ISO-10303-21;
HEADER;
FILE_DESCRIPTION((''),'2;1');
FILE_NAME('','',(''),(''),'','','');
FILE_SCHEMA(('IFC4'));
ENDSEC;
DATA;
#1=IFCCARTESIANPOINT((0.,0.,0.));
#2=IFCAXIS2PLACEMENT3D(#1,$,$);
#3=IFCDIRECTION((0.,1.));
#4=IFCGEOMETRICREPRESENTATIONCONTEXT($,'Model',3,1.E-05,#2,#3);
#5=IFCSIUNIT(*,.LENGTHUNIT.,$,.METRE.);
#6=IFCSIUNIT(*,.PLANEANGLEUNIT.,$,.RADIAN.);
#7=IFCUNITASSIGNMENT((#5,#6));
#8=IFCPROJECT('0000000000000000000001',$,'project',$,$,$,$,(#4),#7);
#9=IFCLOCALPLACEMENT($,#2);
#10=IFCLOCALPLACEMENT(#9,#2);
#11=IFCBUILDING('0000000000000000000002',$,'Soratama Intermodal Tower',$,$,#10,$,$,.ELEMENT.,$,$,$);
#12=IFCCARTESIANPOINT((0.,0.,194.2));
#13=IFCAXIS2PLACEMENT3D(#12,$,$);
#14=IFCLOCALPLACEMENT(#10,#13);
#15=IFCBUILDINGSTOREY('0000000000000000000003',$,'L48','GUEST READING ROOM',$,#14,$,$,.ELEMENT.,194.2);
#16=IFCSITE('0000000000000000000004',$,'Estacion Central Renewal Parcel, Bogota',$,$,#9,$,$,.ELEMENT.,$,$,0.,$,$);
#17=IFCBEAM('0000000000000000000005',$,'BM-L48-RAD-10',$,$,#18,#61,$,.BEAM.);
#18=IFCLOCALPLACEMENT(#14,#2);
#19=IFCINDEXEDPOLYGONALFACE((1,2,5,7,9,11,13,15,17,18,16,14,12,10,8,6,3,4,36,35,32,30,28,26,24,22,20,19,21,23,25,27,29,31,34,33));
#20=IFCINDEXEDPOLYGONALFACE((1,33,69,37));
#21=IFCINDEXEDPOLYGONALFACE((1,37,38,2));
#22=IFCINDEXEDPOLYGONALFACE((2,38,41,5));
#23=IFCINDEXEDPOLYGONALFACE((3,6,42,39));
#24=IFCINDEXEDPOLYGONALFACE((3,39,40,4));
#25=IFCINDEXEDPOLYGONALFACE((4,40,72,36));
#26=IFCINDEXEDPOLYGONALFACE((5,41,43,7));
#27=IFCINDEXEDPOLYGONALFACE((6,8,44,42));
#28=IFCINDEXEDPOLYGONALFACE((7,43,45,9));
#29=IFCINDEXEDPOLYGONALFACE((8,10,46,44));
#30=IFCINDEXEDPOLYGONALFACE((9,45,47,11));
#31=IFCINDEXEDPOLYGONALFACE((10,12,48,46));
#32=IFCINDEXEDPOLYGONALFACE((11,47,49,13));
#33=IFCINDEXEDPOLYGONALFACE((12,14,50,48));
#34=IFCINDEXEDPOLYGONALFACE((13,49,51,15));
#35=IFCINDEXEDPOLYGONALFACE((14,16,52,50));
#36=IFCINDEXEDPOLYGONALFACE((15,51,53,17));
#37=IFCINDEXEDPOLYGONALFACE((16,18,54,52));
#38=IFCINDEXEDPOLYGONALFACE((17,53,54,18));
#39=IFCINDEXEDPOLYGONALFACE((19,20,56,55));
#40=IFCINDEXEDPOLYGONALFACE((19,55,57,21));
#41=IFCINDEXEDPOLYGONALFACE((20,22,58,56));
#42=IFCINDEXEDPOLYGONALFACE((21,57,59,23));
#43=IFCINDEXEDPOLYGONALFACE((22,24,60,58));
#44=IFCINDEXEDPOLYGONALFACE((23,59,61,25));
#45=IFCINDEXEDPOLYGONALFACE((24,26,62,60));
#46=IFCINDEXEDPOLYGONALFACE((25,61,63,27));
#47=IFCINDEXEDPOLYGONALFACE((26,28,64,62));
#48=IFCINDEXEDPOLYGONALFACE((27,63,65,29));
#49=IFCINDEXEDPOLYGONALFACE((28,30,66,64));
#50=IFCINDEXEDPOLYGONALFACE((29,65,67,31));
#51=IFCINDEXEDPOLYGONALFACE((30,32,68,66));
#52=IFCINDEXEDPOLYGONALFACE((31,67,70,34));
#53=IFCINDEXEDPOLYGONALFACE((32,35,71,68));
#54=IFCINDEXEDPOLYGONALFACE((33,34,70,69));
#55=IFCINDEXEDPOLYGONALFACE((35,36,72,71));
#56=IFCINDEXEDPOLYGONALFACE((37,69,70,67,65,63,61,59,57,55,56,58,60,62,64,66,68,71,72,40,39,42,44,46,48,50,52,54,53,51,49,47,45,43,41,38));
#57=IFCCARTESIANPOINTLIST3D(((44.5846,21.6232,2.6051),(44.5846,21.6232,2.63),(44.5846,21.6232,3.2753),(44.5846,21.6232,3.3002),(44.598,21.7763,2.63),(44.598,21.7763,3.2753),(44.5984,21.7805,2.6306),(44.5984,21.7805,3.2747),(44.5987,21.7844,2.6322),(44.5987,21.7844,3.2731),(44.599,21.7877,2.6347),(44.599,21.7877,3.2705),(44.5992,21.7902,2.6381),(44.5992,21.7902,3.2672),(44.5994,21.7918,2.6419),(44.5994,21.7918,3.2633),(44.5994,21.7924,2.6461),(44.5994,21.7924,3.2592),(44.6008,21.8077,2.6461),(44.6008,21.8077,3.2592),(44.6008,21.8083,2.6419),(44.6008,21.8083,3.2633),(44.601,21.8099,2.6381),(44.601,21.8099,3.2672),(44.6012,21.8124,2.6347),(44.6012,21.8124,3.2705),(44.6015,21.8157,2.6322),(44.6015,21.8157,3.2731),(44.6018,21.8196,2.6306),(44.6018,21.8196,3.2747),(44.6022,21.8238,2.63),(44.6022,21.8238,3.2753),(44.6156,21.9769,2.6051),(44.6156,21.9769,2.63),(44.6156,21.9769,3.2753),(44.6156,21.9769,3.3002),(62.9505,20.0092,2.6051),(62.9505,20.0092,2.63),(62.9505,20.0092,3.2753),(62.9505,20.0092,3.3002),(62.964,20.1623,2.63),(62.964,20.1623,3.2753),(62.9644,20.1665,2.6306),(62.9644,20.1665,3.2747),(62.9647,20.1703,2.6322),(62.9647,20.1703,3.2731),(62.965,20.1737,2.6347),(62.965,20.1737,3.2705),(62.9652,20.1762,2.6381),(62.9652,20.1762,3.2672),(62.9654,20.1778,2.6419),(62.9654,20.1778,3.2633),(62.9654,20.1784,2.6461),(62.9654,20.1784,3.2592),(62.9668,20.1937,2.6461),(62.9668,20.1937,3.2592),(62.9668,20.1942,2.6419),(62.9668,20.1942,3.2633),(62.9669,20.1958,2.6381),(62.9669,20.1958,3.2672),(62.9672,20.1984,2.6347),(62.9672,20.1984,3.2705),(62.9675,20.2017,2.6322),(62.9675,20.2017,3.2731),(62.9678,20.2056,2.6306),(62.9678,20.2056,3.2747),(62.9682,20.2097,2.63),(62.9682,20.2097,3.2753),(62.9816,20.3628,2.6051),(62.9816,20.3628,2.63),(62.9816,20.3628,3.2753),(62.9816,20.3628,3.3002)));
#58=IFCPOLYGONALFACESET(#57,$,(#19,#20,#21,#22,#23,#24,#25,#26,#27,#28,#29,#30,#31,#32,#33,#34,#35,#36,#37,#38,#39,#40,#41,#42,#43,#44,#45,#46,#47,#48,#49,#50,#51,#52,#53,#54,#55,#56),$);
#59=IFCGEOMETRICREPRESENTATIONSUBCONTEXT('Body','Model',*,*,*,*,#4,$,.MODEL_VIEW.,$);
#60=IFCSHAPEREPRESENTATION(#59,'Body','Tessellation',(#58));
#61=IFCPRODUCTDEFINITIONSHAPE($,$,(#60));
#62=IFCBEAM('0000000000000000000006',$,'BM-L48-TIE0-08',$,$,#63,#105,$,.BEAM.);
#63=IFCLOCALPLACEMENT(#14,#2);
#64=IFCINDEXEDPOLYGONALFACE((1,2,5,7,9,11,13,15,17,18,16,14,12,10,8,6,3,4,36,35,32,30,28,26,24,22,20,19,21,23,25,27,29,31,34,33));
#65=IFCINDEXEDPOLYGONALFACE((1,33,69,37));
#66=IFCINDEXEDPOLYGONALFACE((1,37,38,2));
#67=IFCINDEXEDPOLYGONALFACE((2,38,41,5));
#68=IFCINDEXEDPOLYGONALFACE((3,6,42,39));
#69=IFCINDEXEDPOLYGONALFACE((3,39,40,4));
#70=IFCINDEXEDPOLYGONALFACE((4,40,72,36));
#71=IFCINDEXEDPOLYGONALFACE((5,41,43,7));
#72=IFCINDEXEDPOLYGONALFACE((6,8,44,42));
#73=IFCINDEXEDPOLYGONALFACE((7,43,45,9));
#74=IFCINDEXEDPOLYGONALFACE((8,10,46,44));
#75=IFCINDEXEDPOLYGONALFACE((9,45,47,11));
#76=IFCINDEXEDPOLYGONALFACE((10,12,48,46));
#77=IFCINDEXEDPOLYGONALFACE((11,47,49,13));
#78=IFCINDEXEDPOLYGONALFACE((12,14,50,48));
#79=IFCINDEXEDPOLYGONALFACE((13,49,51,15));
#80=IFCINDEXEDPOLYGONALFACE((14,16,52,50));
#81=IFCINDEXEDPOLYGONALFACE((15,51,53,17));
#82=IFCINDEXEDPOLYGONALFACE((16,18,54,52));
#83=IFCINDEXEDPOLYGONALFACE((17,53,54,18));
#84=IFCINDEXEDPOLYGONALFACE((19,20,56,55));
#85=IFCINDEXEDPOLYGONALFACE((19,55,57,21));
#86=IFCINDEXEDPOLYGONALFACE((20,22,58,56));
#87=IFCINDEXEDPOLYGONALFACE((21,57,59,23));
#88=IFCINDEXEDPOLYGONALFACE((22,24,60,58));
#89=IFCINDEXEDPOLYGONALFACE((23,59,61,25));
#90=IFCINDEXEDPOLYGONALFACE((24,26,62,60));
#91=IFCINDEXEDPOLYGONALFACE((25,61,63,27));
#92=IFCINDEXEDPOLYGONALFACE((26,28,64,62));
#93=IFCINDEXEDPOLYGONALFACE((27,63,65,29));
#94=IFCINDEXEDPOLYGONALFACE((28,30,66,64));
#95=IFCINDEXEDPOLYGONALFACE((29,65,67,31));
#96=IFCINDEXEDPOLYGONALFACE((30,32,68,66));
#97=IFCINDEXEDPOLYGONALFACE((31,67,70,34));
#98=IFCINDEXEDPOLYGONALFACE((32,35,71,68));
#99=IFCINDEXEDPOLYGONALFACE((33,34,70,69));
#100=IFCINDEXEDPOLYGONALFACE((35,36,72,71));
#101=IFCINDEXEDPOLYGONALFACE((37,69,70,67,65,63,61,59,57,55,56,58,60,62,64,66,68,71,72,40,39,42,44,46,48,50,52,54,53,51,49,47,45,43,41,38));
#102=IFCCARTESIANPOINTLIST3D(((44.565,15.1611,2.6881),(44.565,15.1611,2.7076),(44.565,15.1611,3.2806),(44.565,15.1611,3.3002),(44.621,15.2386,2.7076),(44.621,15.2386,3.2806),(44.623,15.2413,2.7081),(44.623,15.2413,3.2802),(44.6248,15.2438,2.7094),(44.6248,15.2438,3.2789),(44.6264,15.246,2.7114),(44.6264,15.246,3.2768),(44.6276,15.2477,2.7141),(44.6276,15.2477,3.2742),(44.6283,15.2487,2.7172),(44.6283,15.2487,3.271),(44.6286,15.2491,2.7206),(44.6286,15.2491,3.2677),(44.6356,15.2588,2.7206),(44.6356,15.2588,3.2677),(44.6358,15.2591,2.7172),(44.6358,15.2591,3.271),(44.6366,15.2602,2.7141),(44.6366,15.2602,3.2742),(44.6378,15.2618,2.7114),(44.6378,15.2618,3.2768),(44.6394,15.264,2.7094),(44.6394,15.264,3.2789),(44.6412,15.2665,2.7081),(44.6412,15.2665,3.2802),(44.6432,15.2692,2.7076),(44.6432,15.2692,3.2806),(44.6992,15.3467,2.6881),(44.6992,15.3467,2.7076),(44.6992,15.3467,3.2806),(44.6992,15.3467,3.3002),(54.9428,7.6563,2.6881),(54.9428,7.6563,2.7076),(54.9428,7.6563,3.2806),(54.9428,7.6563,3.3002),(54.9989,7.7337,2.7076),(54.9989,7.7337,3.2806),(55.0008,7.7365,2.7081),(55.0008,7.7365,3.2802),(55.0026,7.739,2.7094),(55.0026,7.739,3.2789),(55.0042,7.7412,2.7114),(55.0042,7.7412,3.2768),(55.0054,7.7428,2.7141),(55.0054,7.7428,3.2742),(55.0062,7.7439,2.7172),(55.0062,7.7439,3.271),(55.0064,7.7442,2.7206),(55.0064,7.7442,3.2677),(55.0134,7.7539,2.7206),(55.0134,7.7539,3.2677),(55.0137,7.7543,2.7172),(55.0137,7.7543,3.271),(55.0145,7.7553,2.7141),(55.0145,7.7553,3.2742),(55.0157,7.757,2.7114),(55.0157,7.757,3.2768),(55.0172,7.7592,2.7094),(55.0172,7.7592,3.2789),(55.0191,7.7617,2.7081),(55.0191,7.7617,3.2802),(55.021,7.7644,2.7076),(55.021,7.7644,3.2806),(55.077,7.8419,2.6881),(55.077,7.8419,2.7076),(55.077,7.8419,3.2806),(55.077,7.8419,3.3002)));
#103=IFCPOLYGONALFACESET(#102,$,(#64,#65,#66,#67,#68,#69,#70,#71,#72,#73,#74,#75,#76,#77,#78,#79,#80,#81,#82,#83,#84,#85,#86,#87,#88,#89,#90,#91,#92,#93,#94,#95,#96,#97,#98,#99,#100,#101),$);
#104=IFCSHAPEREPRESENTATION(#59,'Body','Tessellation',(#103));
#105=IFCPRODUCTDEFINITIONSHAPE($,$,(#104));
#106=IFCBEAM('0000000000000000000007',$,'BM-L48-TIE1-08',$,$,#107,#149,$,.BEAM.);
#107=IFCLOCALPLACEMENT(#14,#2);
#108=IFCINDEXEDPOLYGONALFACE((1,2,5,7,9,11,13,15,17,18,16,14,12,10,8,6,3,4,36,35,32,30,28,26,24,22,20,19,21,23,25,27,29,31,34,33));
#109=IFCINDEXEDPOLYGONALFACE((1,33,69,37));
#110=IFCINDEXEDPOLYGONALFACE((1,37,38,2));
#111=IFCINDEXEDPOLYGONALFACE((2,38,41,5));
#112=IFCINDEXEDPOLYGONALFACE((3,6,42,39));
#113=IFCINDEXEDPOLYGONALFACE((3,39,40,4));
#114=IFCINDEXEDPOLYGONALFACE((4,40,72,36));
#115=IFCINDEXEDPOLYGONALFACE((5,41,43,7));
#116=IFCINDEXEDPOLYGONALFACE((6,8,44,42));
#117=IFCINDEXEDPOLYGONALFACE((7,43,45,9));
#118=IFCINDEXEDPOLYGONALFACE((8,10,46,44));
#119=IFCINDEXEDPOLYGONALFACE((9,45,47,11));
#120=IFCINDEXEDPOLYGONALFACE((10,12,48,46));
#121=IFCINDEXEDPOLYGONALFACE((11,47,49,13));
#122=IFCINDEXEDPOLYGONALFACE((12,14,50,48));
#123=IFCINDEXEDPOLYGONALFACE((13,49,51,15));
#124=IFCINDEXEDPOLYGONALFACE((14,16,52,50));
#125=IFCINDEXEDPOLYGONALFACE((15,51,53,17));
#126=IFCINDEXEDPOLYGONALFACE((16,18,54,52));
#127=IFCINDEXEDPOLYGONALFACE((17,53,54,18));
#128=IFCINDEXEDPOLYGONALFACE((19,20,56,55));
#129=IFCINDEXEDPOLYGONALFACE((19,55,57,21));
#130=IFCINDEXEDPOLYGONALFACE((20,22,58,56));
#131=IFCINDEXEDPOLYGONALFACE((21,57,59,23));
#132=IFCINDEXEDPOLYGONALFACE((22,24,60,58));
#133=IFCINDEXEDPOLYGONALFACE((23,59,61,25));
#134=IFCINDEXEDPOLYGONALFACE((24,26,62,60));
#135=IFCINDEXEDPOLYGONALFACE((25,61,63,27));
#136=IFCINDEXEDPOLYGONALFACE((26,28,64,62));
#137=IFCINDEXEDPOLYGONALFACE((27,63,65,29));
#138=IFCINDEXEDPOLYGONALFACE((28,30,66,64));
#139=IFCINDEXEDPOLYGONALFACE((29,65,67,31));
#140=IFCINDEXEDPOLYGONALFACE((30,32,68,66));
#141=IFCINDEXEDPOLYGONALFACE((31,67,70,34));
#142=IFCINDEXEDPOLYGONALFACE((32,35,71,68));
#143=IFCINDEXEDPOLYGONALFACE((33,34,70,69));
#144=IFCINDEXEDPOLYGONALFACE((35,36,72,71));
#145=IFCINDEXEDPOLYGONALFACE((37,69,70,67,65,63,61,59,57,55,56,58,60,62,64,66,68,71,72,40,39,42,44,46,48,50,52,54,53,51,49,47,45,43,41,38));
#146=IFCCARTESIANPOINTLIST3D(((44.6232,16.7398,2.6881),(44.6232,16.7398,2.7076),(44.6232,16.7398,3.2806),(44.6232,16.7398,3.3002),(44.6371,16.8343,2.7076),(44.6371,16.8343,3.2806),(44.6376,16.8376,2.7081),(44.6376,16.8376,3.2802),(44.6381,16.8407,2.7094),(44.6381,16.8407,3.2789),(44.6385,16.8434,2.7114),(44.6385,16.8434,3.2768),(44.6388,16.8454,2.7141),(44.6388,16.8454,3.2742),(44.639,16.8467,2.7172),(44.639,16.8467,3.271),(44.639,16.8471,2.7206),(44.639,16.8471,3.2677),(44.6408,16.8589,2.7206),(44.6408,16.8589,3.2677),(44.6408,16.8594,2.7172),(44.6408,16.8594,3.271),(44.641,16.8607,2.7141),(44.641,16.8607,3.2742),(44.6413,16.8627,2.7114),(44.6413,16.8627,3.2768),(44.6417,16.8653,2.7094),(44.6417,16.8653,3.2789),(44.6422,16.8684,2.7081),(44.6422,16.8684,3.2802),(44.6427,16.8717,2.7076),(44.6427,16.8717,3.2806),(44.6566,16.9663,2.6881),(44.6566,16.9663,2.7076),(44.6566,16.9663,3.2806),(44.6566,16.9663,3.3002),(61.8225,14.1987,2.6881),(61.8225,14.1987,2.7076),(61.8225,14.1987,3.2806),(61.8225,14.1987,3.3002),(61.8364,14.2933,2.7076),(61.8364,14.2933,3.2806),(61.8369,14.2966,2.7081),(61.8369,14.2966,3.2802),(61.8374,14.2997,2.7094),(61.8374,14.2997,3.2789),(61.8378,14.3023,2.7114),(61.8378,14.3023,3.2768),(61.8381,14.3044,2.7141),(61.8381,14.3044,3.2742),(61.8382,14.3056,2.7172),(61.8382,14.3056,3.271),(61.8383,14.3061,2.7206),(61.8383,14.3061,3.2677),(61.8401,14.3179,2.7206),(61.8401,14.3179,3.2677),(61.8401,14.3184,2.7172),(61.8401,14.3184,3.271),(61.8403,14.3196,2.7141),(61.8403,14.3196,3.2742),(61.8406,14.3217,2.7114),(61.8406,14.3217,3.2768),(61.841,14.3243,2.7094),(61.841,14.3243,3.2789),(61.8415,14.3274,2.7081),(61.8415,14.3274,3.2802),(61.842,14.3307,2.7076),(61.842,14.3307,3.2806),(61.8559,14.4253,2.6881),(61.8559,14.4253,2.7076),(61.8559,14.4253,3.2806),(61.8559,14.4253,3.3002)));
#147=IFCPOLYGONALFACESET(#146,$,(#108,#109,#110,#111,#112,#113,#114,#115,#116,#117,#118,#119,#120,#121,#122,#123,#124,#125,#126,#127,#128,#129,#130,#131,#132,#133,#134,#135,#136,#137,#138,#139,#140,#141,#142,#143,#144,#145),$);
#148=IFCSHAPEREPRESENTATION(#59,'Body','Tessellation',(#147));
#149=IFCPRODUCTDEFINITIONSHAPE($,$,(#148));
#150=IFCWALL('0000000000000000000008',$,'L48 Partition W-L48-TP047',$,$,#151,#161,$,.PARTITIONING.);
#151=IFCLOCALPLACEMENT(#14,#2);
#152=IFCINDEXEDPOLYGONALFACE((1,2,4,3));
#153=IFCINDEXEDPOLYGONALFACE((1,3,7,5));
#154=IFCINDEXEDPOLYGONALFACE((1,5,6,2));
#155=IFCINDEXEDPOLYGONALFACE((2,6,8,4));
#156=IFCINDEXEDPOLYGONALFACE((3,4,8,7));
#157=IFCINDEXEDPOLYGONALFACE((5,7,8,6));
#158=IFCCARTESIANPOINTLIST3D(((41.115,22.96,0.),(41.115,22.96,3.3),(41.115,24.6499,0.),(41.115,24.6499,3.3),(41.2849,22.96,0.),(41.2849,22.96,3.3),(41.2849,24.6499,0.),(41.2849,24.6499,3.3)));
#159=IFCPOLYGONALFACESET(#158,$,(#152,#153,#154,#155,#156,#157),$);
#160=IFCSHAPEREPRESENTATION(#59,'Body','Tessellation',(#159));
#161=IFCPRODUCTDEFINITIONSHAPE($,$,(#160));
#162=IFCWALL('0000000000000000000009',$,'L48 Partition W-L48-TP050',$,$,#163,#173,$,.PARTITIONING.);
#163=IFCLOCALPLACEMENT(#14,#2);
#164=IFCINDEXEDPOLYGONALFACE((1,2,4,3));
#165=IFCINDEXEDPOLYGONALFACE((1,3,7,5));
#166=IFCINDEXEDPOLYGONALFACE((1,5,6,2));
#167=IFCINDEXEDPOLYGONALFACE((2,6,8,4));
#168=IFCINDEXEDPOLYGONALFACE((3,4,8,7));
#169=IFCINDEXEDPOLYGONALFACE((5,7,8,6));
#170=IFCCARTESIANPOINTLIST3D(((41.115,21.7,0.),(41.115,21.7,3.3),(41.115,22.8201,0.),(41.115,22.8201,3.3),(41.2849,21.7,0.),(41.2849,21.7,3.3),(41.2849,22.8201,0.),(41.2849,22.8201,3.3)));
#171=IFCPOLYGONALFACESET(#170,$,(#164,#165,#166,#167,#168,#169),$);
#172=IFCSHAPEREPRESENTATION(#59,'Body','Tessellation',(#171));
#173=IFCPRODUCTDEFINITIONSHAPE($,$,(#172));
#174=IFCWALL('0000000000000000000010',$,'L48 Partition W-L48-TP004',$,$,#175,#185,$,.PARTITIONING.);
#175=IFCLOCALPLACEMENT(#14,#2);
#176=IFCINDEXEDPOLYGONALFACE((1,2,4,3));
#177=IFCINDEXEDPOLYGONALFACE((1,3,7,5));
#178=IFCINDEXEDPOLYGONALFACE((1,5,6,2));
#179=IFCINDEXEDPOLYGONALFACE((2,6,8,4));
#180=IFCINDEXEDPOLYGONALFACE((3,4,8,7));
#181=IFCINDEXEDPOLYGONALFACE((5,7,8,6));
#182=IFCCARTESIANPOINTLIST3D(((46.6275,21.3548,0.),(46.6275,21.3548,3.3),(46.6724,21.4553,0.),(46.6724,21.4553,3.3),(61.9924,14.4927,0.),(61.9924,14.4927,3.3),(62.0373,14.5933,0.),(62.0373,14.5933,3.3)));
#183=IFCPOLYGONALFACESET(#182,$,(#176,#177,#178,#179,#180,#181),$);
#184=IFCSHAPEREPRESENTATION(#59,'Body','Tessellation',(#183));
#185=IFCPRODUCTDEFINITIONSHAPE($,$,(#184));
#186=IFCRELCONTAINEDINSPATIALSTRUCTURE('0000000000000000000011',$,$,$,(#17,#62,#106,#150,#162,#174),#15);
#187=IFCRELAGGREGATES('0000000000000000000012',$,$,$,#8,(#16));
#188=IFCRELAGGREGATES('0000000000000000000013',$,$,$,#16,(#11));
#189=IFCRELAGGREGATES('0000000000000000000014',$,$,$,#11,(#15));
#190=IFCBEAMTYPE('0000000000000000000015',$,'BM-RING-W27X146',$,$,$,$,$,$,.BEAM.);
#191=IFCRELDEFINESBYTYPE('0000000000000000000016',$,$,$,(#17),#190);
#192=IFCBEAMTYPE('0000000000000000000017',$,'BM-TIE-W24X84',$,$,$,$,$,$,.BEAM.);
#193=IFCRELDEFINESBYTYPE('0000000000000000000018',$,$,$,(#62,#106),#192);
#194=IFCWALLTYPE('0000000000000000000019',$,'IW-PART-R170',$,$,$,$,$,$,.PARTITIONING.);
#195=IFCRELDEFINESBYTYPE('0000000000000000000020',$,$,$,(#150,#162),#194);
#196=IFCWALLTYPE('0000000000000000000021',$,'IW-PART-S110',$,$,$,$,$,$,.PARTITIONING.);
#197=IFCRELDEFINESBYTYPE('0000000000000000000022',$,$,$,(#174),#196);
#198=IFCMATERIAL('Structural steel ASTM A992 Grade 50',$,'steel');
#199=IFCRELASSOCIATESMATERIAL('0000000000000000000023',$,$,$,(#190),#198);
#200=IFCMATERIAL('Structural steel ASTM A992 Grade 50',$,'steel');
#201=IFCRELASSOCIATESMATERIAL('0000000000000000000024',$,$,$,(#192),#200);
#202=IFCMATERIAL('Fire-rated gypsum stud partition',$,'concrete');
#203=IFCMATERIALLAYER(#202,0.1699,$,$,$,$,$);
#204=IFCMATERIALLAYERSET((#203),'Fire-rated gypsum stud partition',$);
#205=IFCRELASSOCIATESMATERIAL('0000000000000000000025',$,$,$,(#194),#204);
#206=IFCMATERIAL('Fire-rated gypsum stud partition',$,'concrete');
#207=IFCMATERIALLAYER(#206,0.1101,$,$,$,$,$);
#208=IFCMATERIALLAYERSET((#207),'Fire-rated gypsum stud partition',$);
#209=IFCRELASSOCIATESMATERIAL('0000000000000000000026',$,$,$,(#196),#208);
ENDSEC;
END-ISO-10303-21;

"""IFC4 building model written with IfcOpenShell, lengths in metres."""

from ifc_helpers import new_model, si_unit, direction, frame, frame_2d, origin, origin_2d, place, context, subcontext, project, spatial, rectangle, i_section, extrude, material, layer, layer_set, material_profile, profile_set, type_object, element, save


model = new_model("IFC4")

# Units and contexts
model_context = context("Model", 3, precision=1e-05, world=origin(), true_north=direction((0.0, 1.0)))
body_context = subcontext(model_context, "Body", "Model", "MODEL_VIEW")
ifc_project = project(units=[si_unit("LENGTHUNIT", "METRE"), si_unit("PLANEANGLEUNIT", "RADIAN")], contexts=[model_context])

# Site, building, storey
site_placement = place(None, origin())
site = spatial("IfcSite", under=ifc_project, at=site_placement, Name="Estacion Central Renewal Parcel, Bogota", CompositionType="ELEMENT", RefElevation=0.0)
building_placement = place(site_placement, origin())
building = spatial("IfcBuilding", under=site, at=building_placement, Name="Soratama Intermodal Tower", CompositionType="ELEMENT")
storey_placement = place(building_placement, frame((0.0, 0.0, 194.2)))
storey = spatial("IfcBuildingStorey", under=building, at=storey_placement, Name="L48", Description="GUEST READING ROOM", CompositionType="ELEMENT", Elevation=194.2)

# Beams
ifc_material_1 = material(Name="Structural steel ASTM A992 Grade 50", Category="steel")
ifc_material_profile_1 = material_profile(ifc_material_1, i_section(OverallWidth=0.355, OverallDepth=0.6951, WebThickness=0.0154, FlangeThickness=0.0249, FilletRadius=0.0161, at=origin_2d()), Name="W27X146")
ifc_profile_set_1 = profile_set([ifc_material_profile_1], Name="Structural steel ASTM A992 Grade 50")
beam_type_1 = type_object("IfcBeamType", Name="BM-RING-W27X146", PredefinedType="BEAM", material=ifc_profile_set_1)
beam_1_placement = place(storey_placement, frame((44.6001, 21.8, 2.9526), z_axis=(0.996161, -0.087543, 0.0), x_axis=(0.087543, 0.996161, 0.0)))
element("IfcBeam", 1, at=beam_1_placement, inside=storey, type_object=beam_type_1, Name="BM-L48-RAD-10", PredefinedType="BEAM", context=body_context, shape_type="SweptSolid", body=[
    extrude(i_section(OverallWidth=0.355, OverallDepth=0.6951, WebThickness=0.0154, FlangeThickness=0.0249, FilletRadius=0.0161, at=origin_2d()), origin(), (0.0, 0.0, 1.0), 18.4368),
])
ifc_material_2 = material(Name="Structural steel ASTM A992 Grade 50", Category="steel")
ifc_material_profile_2 = material_profile(ifc_material_2, i_section(OverallWidth=0.229, OverallDepth=0.6121, WebThickness=0.012, FlangeThickness=0.0195, FilletRadius=0.0129, at=origin_2d()), Name="W24X84")
ifc_profile_set_2 = profile_set([ifc_material_profile_2], Name="Structural steel ASTM A992 Grade 50")
beam_type_2 = type_object("IfcBeamType", Name="BM-TIE-W24X84", PredefinedType="BEAM", material=ifc_profile_set_2)
beam_2_placement = place(storey_placement, frame((44.6321, 15.2539, 2.9941), z_axis=(0.810319, -0.585989, 0.0), x_axis=(0.585989, 0.810319, 0.0)))
element("IfcBeam", 2, at=beam_2_placement, inside=storey, type_object=beam_type_2, Name="BM-L48-TIE0-08", PredefinedType="BEAM", context=body_context, shape_type="SweptSolid", body=[
    extrude(i_section(OverallWidth=0.229, OverallDepth=0.6121, WebThickness=0.012, FlangeThickness=0.0195, FilletRadius=0.0129, at=origin_2d()), origin(), (0.0, 0.0, 1.0), 12.8071),
])
beam_3_placement = place(storey_placement, frame((44.6399, 16.853, 2.9941), z_axis=(0.989262, -0.146154, 0.0), x_axis=(0.146154, 0.989262, 0.0)))
element("IfcBeam", 3, at=beam_3_placement, inside=storey, type_object=beam_type_2, Name="BM-L48-TIE1-08", PredefinedType="BEAM", context=body_context, shape_type="SweptSolid", body=[
    extrude(i_section(OverallWidth=0.229, OverallDepth=0.6121, WebThickness=0.012, FlangeThickness=0.0195, FilletRadius=0.0129, at=origin_2d()), origin(), (0.0, 0.0, 1.0), 17.386),
])

# Shared definitions
ifc_material_3 = material(Name="Fire-rated gypsum stud partition", Category="concrete")
ifc_layer_1 = layer(ifc_material_3, 0.1699)
ifc_layer_set_1 = layer_set([ifc_layer_1], Name="Fire-rated gypsum stud partition")
wall_type_1 = type_object("IfcWallType", Name="IW-PART-R170", PredefinedType="PARTITIONING", material=ifc_layer_set_1)

# Walls
wall_1_placement = place(storey_placement, frame((41.2, 22.96, 0.0), z_axis=(0.0, 0.0, 1.0), x_axis=(0.0, 1.0, 0.0)))
element("IfcWall", 4, at=wall_1_placement, inside=storey, type_object=wall_type_1, Name="L48 Partition W-L48-TP047", PredefinedType="PARTITIONING", context=body_context, shape_type="SweptSolid", body=[
    extrude(rectangle(XDim=1.6899, YDim=0.1699, at=frame_2d((0.845, 0.0))), origin(), (0.0, 0.0, 1.0), 3.3),
])
wall_2_placement = place(storey_placement, frame((41.2, 21.7, 0.0), z_axis=(0.0, 0.0, 1.0), x_axis=(0.0, 1.0, 0.0)))
element("IfcWall", 5, at=wall_2_placement, inside=storey, type_object=wall_type_1, Name="L48 Partition W-L48-TP050", PredefinedType="PARTITIONING", context=body_context, shape_type="SweptSolid", body=[
    extrude(rectangle(XDim=1.1201, YDim=0.1699, at=frame_2d((0.5601, 0.0))), origin(), (0.0, 0.0, 1.0), 3.3),
])
ifc_material_4 = material(Name="Fire-rated gypsum stud partition", Category="concrete")
ifc_layer_2 = layer(ifc_material_4, 0.1101)
ifc_layer_set_2 = layer_set([ifc_layer_2], Name="Fire-rated gypsum stud partition")
wall_type_2 = type_object("IfcWallType", Name="IW-PART-S110", PredefinedType="PARTITIONING", material=ifc_layer_set_2)
wall_3_placement = place(storey_placement, frame((46.6499, 21.405, 0.0), z_axis=(0.0, 0.0, 1.0), x_axis=(0.913078, -0.407784, 0.0)))
element("IfcWall", 6, at=wall_3_placement, inside=storey, type_object=wall_type_2, Name="L48 Partition W-L48-TP004", PredefinedType="PARTITIONING", context=body_context, shape_type="SweptSolid", body=[
    extrude(rectangle(XDim=16.8276, YDim=0.1101, at=frame_2d((8.4138, 0.0))), origin(), (0.0, 0.0, 1.0), 3.3),
])

save(model, "model.ifc")
